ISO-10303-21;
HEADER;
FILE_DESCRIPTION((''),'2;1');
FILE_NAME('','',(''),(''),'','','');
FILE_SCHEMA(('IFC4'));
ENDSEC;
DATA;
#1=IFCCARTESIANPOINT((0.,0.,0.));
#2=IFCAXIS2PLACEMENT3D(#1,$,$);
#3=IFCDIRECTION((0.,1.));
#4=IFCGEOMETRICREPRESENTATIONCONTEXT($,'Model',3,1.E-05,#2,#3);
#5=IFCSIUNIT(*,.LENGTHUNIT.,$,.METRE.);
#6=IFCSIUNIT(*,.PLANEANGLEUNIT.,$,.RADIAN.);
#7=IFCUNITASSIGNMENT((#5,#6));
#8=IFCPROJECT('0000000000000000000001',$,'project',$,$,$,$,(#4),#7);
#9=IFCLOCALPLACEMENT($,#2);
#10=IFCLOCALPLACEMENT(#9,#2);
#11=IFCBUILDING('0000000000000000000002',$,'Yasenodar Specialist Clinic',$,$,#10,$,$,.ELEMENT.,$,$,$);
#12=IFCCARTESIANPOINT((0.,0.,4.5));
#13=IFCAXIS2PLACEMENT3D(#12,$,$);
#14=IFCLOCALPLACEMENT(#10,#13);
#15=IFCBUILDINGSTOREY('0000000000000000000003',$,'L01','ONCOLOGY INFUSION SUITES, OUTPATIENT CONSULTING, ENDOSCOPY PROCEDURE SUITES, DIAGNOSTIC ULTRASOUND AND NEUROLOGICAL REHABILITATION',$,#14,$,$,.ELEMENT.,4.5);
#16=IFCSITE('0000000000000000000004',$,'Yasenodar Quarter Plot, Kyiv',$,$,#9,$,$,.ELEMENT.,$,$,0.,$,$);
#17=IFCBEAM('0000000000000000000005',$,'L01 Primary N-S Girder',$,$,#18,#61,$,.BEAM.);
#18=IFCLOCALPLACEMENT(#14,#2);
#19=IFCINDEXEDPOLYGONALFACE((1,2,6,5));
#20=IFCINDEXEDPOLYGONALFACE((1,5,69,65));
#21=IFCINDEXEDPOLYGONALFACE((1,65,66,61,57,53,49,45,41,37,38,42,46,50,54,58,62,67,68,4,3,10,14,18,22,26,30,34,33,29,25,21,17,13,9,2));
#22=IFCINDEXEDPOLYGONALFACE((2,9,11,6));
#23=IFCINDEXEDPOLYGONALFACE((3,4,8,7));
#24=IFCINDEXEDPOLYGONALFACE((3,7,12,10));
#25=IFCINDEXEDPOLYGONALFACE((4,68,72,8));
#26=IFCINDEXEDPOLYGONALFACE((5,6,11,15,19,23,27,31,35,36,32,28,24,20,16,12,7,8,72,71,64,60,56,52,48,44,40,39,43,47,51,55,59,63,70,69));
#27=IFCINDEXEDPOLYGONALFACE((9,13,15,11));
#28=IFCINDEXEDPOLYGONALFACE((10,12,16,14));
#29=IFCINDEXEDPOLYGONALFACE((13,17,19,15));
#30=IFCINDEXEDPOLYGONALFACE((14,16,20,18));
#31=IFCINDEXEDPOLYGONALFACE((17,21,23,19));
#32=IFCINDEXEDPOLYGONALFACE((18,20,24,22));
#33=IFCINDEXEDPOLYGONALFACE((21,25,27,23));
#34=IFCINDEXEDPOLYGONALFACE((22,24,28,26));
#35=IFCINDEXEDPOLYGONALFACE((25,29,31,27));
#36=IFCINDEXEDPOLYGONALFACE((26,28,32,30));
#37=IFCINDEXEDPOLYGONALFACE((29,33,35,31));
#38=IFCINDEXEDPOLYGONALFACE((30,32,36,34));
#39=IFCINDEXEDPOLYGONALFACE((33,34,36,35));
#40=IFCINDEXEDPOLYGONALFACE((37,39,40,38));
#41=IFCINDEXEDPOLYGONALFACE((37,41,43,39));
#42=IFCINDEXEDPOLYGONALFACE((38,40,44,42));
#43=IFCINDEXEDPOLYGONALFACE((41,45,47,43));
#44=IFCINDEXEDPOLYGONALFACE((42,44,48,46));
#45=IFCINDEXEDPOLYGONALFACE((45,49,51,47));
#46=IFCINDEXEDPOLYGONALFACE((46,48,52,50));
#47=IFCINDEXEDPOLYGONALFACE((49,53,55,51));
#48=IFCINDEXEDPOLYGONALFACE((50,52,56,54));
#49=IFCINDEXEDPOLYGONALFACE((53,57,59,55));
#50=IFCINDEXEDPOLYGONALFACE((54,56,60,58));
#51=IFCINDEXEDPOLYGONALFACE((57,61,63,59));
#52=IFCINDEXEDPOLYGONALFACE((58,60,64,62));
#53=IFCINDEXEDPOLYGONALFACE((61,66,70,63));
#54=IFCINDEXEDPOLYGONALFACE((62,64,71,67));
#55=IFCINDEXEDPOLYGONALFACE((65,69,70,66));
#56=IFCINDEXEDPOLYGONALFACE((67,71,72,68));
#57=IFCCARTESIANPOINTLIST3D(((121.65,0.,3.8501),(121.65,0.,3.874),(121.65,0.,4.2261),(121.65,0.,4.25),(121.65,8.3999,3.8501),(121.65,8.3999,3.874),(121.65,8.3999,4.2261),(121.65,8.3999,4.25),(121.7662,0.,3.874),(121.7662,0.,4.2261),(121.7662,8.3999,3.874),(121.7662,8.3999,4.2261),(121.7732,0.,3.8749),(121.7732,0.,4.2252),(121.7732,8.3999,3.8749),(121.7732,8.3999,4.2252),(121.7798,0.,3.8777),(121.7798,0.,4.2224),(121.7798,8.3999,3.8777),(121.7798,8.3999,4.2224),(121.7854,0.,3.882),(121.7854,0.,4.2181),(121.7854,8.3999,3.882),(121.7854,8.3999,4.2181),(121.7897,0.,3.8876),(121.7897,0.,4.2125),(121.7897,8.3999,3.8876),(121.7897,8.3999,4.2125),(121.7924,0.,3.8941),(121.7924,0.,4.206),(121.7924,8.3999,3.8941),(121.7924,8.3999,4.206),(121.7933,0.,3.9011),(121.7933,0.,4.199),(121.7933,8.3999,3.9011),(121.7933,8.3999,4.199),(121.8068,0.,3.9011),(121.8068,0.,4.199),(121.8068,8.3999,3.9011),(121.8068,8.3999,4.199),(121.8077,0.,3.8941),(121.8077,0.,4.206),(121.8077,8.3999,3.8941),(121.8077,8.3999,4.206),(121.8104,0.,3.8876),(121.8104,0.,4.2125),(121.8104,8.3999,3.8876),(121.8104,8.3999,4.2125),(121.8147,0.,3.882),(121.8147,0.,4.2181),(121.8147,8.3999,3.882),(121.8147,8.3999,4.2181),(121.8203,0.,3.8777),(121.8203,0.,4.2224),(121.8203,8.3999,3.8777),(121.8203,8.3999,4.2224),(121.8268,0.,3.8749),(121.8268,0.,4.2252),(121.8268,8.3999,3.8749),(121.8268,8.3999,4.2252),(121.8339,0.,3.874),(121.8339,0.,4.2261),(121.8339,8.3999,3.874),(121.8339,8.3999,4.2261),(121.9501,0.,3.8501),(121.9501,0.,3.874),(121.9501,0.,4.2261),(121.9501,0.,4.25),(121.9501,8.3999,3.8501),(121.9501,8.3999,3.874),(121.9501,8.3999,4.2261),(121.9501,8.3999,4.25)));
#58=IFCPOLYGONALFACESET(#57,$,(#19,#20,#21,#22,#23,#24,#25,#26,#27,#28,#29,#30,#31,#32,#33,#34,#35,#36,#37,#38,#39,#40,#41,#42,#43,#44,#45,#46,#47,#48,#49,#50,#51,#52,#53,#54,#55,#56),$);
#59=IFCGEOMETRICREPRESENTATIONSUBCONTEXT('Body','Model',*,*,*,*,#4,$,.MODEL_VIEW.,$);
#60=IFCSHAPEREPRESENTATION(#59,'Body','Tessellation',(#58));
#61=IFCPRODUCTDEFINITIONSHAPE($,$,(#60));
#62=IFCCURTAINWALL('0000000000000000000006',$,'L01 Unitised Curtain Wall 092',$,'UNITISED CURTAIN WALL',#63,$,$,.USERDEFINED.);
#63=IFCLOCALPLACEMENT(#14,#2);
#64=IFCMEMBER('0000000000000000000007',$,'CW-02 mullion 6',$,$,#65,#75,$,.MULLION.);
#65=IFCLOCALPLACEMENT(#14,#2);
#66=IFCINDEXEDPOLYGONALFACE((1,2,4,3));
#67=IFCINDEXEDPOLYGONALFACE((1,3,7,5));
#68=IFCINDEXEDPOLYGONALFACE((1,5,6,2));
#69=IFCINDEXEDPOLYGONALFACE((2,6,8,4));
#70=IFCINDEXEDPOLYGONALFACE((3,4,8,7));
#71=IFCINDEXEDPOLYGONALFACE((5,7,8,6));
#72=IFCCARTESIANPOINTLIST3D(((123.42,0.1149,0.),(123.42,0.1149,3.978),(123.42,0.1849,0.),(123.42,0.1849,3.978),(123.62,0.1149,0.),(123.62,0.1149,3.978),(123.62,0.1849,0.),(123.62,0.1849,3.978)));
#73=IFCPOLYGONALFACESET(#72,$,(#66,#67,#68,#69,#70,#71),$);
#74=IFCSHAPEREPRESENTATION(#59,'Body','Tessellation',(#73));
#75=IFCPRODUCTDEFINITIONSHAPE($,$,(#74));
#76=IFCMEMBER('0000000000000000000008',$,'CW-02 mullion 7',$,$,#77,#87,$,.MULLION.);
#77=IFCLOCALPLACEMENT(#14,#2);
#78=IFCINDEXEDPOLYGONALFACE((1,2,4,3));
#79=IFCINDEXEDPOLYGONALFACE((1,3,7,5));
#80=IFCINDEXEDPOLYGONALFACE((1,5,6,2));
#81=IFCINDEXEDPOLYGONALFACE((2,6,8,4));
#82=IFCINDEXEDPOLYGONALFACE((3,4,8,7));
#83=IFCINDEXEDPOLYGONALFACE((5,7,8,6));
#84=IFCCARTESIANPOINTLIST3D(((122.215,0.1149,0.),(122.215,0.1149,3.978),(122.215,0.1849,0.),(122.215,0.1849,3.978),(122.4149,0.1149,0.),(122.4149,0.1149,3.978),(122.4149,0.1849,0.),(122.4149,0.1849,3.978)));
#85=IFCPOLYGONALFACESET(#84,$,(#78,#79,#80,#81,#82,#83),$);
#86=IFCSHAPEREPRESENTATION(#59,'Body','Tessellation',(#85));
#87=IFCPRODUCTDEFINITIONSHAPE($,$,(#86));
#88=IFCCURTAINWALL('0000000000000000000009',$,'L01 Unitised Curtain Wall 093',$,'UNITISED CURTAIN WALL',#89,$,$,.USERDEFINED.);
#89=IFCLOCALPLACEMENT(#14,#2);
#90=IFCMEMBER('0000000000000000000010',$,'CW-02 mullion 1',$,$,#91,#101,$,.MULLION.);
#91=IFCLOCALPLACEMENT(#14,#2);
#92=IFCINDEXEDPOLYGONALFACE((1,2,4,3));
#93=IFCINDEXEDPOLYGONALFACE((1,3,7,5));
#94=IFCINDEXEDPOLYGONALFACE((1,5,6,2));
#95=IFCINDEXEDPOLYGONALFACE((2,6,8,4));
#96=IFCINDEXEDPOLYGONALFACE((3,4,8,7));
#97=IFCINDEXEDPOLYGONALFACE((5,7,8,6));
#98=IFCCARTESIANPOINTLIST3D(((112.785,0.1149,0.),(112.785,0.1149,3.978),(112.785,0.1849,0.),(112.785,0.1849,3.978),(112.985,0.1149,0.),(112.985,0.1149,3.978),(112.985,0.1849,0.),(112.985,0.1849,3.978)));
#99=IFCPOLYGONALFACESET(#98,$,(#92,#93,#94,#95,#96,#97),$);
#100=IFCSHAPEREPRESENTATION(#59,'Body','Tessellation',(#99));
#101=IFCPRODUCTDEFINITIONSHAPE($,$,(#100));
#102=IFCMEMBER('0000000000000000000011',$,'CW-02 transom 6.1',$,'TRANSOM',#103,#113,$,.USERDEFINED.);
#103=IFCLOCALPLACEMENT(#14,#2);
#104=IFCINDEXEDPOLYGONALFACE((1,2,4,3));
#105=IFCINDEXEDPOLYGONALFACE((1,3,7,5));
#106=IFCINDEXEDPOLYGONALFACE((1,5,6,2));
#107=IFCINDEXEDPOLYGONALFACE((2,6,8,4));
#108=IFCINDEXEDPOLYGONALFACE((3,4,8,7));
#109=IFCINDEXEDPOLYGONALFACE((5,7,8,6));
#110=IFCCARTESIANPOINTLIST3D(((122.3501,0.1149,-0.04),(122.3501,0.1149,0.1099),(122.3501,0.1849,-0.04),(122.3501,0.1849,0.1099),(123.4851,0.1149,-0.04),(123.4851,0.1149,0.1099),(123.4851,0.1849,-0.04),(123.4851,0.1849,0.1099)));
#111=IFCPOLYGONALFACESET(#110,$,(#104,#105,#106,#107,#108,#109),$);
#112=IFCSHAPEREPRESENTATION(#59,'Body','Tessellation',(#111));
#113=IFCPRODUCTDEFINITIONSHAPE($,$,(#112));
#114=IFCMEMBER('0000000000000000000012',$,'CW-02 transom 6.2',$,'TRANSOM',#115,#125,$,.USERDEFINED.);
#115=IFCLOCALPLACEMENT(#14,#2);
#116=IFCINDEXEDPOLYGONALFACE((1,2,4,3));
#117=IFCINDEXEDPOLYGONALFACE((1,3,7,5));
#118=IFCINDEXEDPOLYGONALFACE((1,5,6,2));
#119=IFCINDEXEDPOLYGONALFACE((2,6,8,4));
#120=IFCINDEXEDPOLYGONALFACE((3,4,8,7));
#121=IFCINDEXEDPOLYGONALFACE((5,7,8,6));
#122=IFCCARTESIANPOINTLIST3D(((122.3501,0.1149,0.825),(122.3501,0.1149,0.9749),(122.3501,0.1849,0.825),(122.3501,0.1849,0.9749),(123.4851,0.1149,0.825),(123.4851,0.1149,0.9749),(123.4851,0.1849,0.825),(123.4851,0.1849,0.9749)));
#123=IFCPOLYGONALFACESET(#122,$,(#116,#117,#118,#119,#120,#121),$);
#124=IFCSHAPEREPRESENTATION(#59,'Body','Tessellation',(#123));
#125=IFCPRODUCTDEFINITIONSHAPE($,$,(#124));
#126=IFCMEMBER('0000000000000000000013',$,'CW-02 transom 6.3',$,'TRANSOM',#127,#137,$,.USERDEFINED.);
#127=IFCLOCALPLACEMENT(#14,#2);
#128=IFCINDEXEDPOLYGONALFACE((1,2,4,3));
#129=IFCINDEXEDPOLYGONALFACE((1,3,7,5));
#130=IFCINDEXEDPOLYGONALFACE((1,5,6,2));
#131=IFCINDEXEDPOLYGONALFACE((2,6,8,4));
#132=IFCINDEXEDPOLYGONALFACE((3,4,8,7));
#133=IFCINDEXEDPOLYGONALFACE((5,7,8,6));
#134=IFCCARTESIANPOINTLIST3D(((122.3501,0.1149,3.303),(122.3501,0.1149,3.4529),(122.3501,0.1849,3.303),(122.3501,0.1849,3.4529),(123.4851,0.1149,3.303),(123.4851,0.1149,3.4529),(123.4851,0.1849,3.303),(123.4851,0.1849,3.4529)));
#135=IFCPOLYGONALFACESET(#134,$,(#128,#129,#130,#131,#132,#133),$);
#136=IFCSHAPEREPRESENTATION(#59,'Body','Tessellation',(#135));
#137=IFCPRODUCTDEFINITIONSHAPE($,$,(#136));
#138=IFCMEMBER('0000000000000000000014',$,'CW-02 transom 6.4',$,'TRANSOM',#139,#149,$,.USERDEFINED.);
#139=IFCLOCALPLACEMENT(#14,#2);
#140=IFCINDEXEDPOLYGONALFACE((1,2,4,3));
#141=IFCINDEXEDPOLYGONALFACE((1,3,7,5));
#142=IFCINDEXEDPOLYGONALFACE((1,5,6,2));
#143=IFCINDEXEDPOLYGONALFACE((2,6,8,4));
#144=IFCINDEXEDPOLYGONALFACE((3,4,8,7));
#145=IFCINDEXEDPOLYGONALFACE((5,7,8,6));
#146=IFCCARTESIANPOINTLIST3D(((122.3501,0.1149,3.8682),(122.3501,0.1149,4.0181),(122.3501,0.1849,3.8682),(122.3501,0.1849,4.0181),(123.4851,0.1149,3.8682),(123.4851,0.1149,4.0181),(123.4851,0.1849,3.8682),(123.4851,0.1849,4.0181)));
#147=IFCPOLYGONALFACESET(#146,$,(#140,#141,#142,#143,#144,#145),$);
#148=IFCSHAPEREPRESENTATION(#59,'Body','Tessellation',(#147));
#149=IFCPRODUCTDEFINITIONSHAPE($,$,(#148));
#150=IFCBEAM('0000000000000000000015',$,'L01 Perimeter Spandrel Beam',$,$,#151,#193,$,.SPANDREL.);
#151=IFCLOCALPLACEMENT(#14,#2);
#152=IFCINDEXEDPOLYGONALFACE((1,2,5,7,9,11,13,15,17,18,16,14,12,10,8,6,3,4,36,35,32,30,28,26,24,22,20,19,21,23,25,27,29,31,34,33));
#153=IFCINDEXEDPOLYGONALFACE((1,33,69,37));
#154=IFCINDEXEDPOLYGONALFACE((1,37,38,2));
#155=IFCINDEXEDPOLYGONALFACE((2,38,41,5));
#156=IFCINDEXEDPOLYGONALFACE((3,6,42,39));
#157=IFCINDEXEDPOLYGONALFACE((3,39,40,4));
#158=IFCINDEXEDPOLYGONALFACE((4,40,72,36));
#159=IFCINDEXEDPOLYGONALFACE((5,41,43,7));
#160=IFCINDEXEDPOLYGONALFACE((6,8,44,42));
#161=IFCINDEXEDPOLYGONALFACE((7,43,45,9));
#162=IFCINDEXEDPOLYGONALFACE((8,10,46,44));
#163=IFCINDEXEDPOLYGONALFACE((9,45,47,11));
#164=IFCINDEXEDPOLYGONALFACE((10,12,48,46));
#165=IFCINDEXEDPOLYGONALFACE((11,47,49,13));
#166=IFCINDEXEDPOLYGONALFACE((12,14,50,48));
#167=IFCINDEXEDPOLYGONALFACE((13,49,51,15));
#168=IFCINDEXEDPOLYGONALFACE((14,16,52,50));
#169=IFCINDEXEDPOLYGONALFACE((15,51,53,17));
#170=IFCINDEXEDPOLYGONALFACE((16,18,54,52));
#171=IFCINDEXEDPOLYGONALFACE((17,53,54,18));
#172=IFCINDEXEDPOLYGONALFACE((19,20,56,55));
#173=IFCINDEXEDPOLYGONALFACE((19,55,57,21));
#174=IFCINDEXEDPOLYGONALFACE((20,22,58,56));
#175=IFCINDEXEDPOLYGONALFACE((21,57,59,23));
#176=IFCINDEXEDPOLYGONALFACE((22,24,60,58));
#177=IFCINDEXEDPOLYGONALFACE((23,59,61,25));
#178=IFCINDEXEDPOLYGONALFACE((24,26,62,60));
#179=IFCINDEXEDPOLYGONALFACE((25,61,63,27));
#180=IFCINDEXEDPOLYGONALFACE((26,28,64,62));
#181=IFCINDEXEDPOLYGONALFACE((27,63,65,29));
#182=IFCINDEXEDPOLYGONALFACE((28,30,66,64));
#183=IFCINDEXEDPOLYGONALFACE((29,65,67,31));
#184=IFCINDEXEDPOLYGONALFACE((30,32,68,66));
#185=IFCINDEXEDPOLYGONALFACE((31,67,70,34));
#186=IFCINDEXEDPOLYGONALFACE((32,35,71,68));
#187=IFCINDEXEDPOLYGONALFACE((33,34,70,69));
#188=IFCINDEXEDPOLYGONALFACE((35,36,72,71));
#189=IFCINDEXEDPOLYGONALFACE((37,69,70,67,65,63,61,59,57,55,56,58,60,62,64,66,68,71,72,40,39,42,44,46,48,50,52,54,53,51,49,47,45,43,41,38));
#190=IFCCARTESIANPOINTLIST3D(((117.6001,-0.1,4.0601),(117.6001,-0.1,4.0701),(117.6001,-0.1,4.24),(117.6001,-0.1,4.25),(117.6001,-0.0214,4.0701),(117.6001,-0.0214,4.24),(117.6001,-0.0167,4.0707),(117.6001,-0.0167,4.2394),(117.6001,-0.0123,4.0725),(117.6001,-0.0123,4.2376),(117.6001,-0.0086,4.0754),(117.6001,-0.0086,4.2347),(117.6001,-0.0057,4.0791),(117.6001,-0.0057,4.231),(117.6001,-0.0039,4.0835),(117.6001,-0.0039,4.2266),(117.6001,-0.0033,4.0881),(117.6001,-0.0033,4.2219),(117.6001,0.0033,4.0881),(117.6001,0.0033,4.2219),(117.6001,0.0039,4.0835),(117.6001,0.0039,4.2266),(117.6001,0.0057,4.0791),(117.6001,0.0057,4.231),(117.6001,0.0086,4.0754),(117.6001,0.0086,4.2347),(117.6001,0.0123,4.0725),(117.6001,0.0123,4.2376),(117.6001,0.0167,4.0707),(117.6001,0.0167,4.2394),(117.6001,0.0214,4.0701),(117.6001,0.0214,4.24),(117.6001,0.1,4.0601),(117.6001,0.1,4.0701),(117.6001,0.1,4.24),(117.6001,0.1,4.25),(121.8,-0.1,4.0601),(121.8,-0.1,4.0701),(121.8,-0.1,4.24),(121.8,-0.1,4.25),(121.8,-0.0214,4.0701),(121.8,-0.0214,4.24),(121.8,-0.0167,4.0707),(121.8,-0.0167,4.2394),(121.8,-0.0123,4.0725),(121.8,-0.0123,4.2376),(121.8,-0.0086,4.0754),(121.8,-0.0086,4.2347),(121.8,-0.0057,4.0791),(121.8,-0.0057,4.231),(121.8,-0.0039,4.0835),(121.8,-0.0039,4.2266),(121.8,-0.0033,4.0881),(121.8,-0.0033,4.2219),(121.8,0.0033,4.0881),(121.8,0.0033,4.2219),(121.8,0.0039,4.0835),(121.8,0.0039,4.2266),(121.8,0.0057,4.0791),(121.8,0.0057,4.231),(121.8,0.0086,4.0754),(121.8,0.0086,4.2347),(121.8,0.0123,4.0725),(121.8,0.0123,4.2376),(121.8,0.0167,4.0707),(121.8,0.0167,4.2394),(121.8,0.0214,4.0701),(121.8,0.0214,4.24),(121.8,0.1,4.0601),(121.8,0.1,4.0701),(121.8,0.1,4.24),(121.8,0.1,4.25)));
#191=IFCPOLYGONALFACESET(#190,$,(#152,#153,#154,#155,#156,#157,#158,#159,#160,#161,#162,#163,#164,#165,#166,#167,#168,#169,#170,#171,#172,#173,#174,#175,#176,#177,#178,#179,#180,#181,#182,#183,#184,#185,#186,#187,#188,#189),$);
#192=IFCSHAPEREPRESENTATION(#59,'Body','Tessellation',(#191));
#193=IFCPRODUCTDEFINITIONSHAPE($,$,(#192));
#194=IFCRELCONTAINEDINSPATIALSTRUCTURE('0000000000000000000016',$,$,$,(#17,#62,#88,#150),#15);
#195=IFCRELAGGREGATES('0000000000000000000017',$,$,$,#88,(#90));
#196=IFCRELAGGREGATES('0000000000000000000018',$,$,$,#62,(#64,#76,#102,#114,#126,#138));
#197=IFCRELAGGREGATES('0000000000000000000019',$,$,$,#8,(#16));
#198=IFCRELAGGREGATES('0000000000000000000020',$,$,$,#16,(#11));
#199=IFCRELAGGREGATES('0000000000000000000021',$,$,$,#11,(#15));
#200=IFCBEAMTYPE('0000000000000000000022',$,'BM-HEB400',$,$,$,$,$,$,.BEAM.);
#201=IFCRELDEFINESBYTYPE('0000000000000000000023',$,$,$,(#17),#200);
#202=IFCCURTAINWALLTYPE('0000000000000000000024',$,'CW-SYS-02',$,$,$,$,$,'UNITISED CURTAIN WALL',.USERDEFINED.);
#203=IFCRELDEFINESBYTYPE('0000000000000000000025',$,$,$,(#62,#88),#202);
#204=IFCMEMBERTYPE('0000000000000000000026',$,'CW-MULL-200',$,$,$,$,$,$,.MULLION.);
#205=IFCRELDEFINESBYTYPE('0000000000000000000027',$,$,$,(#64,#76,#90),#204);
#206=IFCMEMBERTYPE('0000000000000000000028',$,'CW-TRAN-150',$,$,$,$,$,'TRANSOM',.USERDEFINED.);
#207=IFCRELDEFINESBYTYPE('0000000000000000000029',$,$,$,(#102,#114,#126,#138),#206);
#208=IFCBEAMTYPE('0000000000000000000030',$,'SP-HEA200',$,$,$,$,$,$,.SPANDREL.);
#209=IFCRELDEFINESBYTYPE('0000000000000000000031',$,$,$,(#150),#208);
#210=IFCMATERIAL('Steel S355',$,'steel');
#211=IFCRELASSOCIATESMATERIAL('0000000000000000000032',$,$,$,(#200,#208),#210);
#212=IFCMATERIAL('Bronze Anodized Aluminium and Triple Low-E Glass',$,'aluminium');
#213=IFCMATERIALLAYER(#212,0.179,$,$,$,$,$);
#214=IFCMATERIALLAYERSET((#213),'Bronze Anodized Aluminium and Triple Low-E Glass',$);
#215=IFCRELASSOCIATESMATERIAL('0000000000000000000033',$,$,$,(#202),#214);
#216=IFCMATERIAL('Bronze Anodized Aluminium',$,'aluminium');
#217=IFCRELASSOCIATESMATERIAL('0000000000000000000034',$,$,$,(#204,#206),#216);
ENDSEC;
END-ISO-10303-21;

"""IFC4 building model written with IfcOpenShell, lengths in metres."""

from ifc_helpers import new_model, si_unit, direction, frame, origin, origin_2d, place, context, subcontext, project, spatial, rectangle, i_section, extrude, material, layer, layer_set, material_profile, profile_set, type_object, element, aggregate, save


model = new_model("IFC4")

# Units and contexts
model_context = context("Model", 3, precision=1e-05, world=origin(), true_north=direction((0.0, 1.0)))
body_context = subcontext(model_context, "Body", "Model", "MODEL_VIEW")
ifc_project = project(units=[si_unit("LENGTHUNIT", "METRE"), si_unit("PLANEANGLEUNIT", "RADIAN")], contexts=[model_context])

# Site, building, storey
site_placement = place(None, origin())
site = spatial("IfcSite", under=ifc_project, at=site_placement, Name="Yasenodar Quarter Plot, Kyiv", CompositionType="ELEMENT", RefElevation=0.0)
building_placement = place(site_placement, origin())
building = spatial("IfcBuilding", under=site, at=building_placement, Name="Yasenodar Specialist Clinic", CompositionType="ELEMENT")
storey_placement = place(building_placement, frame((0.0, 0.0, 4.5)))
storey = spatial("IfcBuildingStorey", under=building, at=storey_placement, Name="L01", Description="ONCOLOGY INFUSION SUITES, OUTPATIENT CONSULTING, ENDOSCOPY PROCEDURE SUITES, DIAGNOSTIC ULTRASOUND AND NEUROLOGICAL REHABILITATION", CompositionType="ELEMENT", Elevation=4.5)

# Shared definitions
ifc_material_1 = material(Name="Steel S355", Category="steel")

# Beam
ifc_material_profile_1 = material_profile(ifc_material_1, i_section(OverallWidth=0.3, OverallDepth=0.3999, WebThickness=0.0134, FlangeThickness=0.0239, FilletRadius=0.0271, at=origin_2d()), Name="HEB 400")
ifc_profile_set_1 = profile_set([ifc_material_profile_1], Name="Steel S355")
beam_type_1 = type_object("IfcBeamType", Name="BM-HEB400", PredefinedType="BEAM", material=ifc_profile_set_1)
for number, where, z_axis, x_axis, name in (
    (1, (121.8, 0.0, 4.05), (0.0, 1.0, 0.0), (-1.0, 0.0, 0.0), "L01 Primary N-S Girder"),
):
    element("IfcBeam", number, at=place(storey_placement, frame(where, z_axis=z_axis, x_axis=x_axis)), inside=storey, type_object=beam_type_1, Name=name, PredefinedType="BEAM", context=body_context, shape_type="SweptSolid", body=[
        extrude(i_section(OverallWidth=0.3, OverallDepth=0.3999, WebThickness=0.0134, FlangeThickness=0.0239, FilletRadius=0.0271, at=origin_2d()), origin(), (0.0, 0.0, 1.0), 8.3999),
    ])

# Curtain wall, members
ifc_material_2 = material(Name="Bronze Anodized Aluminium and Triple Low-E Glass", Category="aluminium")
ifc_layer_1 = layer(ifc_material_2, 0.179)
ifc_layer_set_1 = layer_set([ifc_layer_1], Name="Bronze Anodized Aluminium and Triple Low-E Glass")
curtain_wall_type = type_object("IfcCurtainWallType", Name="CW-SYS-02", ElementType="UNITISED CURTAIN WALL", PredefinedType="USERDEFINED", material=ifc_layer_set_1)
curtain_wall_1_placement = place(storey_placement, origin())
curtain_wall_1 = element("IfcCurtainWall", 2, at=curtain_wall_1_placement, inside=storey, type_object=curtain_wall_type, Name="L01 Unitised Curtain Wall 092", ObjectType="UNITISED CURTAIN WALL", PredefinedType="USERDEFINED")
ifc_material_3 = material(Name="Bronze Anodized Aluminium", Category="aluminium")
ifc_material_profile_2 = material_profile(ifc_material_3, rectangle(XDim=0.0701, YDim=0.2, at=origin_2d()), Name="CW-MULL 70x200")
ifc_profile_set_2 = profile_set([ifc_material_profile_2], Name="Bronze Anodized Aluminium")
member_type_1 = type_object("IfcMemberType", Name="CW-MULL-200", PredefinedType="MULLION", material=ifc_profile_set_2)
member_1_placement = place(storey_placement, frame((123.52, 0.1499, 0.0), z_axis=(0.0, 0.0, 1.0), x_axis=(0.0, -1.0, 0.0)))
member_1 = element("IfcMember", 3, at=member_1_placement, type_object=member_type_1, Name="CW-02 mullion 6", PredefinedType="MULLION", context=body_context, shape_type="SweptSolid", body=[
    extrude(rectangle(XDim=0.0701, YDim=0.2, at=origin_2d()), origin(), (0.0, 0.0, 1.0), 3.978),
])
member_2_placement = place(storey_placement, frame((122.3149, 0.1499, 0.0), z_axis=(0.0, 0.0, 1.0), x_axis=(0.0, -1.0, 0.0)))
member_2 = element("IfcMember", 4, at=member_2_placement, type_object=member_type_1, Name="CW-02 mullion 7", PredefinedType="MULLION", context=body_context, shape_type="SweptSolid", body=[
    extrude(rectangle(XDim=0.0701, YDim=0.2, at=origin_2d()), origin(), (0.0, 0.0, 1.0), 3.978),
])

# Curtain wall, member
curtain_wall_2_placement = place(storey_placement, origin())
curtain_wall_2 = element("IfcCurtainWall", 5, at=curtain_wall_2_placement, inside=storey, type_object=curtain_wall_type, Name="L01 Unitised Curtain Wall 093", ObjectType="UNITISED CURTAIN WALL", PredefinedType="USERDEFINED")
member_3_placement = place(storey_placement, frame((112.885, 0.1499, 0.0), z_axis=(0.0, 0.0, 1.0), x_axis=(0.0, -1.0, 0.0)))
member_3 = element("IfcMember", 6, at=member_3_placement, type_object=member_type_1, Name="CW-02 mullion 1", PredefinedType="MULLION", context=body_context, shape_type="SweptSolid", body=[
    extrude(rectangle(XDim=0.0701, YDim=0.2, at=origin_2d()), origin(), (0.0, 0.0, 1.0), 3.978),
])
aggregate(curtain_wall_2, [member_3])

# Members
ifc_material_profile_3 = material_profile(ifc_material_3, rectangle(XDim=0.0701, YDim=0.1499, at=origin_2d()), Name="CW-TRAN 70x150")
ifc_profile_set_3 = profile_set([ifc_material_profile_3], Name="Bronze Anodized Aluminium")
member_type_2 = type_object("IfcMemberType", Name="CW-TRAN-150", ElementType="TRANSOM", PredefinedType="USERDEFINED", material=ifc_profile_set_3)
member_4_placement = place(storey_placement, frame((123.4851, 0.1499, 0.0349), z_axis=(-1.0, 0.0, 0.0), x_axis=(0.0, -1.0, 0.0)))
member_4 = element("IfcMember", 7, at=member_4_placement, type_object=member_type_2, Name="CW-02 transom 6.1", ObjectType="TRANSOM", PredefinedType="USERDEFINED", context=body_context, shape_type="SweptSolid", body=[
    extrude(rectangle(XDim=0.0701, YDim=0.1499, at=origin_2d()), origin(), (0.0, 0.0, 1.0), 1.135),
])
member_5_placement = place(storey_placement, frame((123.4851, 0.1499, 0.8999), z_axis=(-1.0, 0.0, 0.0), x_axis=(0.0, -1.0, 0.0)))
member_5 = element("IfcMember", 8, at=member_5_placement, type_object=member_type_2, Name="CW-02 transom 6.2", ObjectType="TRANSOM", PredefinedType="USERDEFINED", context=body_context, shape_type="SweptSolid", body=[
    extrude(rectangle(XDim=0.0701, YDim=0.1499, at=origin_2d()), origin(), (0.0, 0.0, 1.0), 1.135),
])
member_6_placement = place(storey_placement, frame((123.4851, 0.1499, 3.3779), z_axis=(-1.0, 0.0, 0.0), x_axis=(0.0, -1.0, 0.0)))
member_6 = element("IfcMember", 9, at=member_6_placement, type_object=member_type_2, Name="CW-02 transom 6.3", ObjectType="TRANSOM", PredefinedType="USERDEFINED", context=body_context, shape_type="SweptSolid", body=[
    extrude(rectangle(XDim=0.0701, YDim=0.1499, at=origin_2d()), origin(), (0.0, 0.0, 1.0), 1.135),
])
member_7_placement = place(storey_placement, frame((123.4851, 0.1499, 3.9431), z_axis=(-1.0, 0.0, 0.0), x_axis=(0.0, -1.0, 0.0)))
member_7 = element("IfcMember", 10, at=member_7_placement, type_object=member_type_2, Name="CW-02 transom 6.4", ObjectType="TRANSOM", PredefinedType="USERDEFINED", context=body_context, shape_type="SweptSolid", body=[
    extrude(rectangle(XDim=0.0701, YDim=0.1499, at=origin_2d()), origin(), (0.0, 0.0, 1.0), 1.135),
])

# Beam
ifc_material_profile_4 = material_profile(ifc_material_1, i_section(OverallWidth=0.2, OverallDepth=0.1899, WebThickness=0.0066, FlangeThickness=0.01, FilletRadius=0.0181, at=origin_2d()), Name="HEA 200")
ifc_profile_set_4 = profile_set([ifc_material_profile_4], Name="Steel S355")
beam_type_2 = type_object("IfcBeamType", Name="SP-HEA200", PredefinedType="SPANDREL", material=ifc_profile_set_4)
beam_1_placement = place(storey_placement, frame((117.6001, 0.0, 4.155), z_axis=(1.0, 0.0, 0.0), x_axis=(0.0, 1.0, 0.0)))
element("IfcBeam", 11, at=beam_1_placement, inside=storey, type_object=beam_type_2, Name="L01 Perimeter Spandrel Beam", PredefinedType="SPANDREL", context=body_context, shape_type="SweptSolid", body=[
    extrude(i_section(OverallWidth=0.2, OverallDepth=0.1899, WebThickness=0.0066, FlangeThickness=0.01, FilletRadius=0.0181, at=origin_2d()), origin(), (0.0, 0.0, 1.0), 4.2),
])

aggregate(curtain_wall_1, [member_1, member_2, member_4, member_5, member_6, member_7])

save(model, "model.ifc")
